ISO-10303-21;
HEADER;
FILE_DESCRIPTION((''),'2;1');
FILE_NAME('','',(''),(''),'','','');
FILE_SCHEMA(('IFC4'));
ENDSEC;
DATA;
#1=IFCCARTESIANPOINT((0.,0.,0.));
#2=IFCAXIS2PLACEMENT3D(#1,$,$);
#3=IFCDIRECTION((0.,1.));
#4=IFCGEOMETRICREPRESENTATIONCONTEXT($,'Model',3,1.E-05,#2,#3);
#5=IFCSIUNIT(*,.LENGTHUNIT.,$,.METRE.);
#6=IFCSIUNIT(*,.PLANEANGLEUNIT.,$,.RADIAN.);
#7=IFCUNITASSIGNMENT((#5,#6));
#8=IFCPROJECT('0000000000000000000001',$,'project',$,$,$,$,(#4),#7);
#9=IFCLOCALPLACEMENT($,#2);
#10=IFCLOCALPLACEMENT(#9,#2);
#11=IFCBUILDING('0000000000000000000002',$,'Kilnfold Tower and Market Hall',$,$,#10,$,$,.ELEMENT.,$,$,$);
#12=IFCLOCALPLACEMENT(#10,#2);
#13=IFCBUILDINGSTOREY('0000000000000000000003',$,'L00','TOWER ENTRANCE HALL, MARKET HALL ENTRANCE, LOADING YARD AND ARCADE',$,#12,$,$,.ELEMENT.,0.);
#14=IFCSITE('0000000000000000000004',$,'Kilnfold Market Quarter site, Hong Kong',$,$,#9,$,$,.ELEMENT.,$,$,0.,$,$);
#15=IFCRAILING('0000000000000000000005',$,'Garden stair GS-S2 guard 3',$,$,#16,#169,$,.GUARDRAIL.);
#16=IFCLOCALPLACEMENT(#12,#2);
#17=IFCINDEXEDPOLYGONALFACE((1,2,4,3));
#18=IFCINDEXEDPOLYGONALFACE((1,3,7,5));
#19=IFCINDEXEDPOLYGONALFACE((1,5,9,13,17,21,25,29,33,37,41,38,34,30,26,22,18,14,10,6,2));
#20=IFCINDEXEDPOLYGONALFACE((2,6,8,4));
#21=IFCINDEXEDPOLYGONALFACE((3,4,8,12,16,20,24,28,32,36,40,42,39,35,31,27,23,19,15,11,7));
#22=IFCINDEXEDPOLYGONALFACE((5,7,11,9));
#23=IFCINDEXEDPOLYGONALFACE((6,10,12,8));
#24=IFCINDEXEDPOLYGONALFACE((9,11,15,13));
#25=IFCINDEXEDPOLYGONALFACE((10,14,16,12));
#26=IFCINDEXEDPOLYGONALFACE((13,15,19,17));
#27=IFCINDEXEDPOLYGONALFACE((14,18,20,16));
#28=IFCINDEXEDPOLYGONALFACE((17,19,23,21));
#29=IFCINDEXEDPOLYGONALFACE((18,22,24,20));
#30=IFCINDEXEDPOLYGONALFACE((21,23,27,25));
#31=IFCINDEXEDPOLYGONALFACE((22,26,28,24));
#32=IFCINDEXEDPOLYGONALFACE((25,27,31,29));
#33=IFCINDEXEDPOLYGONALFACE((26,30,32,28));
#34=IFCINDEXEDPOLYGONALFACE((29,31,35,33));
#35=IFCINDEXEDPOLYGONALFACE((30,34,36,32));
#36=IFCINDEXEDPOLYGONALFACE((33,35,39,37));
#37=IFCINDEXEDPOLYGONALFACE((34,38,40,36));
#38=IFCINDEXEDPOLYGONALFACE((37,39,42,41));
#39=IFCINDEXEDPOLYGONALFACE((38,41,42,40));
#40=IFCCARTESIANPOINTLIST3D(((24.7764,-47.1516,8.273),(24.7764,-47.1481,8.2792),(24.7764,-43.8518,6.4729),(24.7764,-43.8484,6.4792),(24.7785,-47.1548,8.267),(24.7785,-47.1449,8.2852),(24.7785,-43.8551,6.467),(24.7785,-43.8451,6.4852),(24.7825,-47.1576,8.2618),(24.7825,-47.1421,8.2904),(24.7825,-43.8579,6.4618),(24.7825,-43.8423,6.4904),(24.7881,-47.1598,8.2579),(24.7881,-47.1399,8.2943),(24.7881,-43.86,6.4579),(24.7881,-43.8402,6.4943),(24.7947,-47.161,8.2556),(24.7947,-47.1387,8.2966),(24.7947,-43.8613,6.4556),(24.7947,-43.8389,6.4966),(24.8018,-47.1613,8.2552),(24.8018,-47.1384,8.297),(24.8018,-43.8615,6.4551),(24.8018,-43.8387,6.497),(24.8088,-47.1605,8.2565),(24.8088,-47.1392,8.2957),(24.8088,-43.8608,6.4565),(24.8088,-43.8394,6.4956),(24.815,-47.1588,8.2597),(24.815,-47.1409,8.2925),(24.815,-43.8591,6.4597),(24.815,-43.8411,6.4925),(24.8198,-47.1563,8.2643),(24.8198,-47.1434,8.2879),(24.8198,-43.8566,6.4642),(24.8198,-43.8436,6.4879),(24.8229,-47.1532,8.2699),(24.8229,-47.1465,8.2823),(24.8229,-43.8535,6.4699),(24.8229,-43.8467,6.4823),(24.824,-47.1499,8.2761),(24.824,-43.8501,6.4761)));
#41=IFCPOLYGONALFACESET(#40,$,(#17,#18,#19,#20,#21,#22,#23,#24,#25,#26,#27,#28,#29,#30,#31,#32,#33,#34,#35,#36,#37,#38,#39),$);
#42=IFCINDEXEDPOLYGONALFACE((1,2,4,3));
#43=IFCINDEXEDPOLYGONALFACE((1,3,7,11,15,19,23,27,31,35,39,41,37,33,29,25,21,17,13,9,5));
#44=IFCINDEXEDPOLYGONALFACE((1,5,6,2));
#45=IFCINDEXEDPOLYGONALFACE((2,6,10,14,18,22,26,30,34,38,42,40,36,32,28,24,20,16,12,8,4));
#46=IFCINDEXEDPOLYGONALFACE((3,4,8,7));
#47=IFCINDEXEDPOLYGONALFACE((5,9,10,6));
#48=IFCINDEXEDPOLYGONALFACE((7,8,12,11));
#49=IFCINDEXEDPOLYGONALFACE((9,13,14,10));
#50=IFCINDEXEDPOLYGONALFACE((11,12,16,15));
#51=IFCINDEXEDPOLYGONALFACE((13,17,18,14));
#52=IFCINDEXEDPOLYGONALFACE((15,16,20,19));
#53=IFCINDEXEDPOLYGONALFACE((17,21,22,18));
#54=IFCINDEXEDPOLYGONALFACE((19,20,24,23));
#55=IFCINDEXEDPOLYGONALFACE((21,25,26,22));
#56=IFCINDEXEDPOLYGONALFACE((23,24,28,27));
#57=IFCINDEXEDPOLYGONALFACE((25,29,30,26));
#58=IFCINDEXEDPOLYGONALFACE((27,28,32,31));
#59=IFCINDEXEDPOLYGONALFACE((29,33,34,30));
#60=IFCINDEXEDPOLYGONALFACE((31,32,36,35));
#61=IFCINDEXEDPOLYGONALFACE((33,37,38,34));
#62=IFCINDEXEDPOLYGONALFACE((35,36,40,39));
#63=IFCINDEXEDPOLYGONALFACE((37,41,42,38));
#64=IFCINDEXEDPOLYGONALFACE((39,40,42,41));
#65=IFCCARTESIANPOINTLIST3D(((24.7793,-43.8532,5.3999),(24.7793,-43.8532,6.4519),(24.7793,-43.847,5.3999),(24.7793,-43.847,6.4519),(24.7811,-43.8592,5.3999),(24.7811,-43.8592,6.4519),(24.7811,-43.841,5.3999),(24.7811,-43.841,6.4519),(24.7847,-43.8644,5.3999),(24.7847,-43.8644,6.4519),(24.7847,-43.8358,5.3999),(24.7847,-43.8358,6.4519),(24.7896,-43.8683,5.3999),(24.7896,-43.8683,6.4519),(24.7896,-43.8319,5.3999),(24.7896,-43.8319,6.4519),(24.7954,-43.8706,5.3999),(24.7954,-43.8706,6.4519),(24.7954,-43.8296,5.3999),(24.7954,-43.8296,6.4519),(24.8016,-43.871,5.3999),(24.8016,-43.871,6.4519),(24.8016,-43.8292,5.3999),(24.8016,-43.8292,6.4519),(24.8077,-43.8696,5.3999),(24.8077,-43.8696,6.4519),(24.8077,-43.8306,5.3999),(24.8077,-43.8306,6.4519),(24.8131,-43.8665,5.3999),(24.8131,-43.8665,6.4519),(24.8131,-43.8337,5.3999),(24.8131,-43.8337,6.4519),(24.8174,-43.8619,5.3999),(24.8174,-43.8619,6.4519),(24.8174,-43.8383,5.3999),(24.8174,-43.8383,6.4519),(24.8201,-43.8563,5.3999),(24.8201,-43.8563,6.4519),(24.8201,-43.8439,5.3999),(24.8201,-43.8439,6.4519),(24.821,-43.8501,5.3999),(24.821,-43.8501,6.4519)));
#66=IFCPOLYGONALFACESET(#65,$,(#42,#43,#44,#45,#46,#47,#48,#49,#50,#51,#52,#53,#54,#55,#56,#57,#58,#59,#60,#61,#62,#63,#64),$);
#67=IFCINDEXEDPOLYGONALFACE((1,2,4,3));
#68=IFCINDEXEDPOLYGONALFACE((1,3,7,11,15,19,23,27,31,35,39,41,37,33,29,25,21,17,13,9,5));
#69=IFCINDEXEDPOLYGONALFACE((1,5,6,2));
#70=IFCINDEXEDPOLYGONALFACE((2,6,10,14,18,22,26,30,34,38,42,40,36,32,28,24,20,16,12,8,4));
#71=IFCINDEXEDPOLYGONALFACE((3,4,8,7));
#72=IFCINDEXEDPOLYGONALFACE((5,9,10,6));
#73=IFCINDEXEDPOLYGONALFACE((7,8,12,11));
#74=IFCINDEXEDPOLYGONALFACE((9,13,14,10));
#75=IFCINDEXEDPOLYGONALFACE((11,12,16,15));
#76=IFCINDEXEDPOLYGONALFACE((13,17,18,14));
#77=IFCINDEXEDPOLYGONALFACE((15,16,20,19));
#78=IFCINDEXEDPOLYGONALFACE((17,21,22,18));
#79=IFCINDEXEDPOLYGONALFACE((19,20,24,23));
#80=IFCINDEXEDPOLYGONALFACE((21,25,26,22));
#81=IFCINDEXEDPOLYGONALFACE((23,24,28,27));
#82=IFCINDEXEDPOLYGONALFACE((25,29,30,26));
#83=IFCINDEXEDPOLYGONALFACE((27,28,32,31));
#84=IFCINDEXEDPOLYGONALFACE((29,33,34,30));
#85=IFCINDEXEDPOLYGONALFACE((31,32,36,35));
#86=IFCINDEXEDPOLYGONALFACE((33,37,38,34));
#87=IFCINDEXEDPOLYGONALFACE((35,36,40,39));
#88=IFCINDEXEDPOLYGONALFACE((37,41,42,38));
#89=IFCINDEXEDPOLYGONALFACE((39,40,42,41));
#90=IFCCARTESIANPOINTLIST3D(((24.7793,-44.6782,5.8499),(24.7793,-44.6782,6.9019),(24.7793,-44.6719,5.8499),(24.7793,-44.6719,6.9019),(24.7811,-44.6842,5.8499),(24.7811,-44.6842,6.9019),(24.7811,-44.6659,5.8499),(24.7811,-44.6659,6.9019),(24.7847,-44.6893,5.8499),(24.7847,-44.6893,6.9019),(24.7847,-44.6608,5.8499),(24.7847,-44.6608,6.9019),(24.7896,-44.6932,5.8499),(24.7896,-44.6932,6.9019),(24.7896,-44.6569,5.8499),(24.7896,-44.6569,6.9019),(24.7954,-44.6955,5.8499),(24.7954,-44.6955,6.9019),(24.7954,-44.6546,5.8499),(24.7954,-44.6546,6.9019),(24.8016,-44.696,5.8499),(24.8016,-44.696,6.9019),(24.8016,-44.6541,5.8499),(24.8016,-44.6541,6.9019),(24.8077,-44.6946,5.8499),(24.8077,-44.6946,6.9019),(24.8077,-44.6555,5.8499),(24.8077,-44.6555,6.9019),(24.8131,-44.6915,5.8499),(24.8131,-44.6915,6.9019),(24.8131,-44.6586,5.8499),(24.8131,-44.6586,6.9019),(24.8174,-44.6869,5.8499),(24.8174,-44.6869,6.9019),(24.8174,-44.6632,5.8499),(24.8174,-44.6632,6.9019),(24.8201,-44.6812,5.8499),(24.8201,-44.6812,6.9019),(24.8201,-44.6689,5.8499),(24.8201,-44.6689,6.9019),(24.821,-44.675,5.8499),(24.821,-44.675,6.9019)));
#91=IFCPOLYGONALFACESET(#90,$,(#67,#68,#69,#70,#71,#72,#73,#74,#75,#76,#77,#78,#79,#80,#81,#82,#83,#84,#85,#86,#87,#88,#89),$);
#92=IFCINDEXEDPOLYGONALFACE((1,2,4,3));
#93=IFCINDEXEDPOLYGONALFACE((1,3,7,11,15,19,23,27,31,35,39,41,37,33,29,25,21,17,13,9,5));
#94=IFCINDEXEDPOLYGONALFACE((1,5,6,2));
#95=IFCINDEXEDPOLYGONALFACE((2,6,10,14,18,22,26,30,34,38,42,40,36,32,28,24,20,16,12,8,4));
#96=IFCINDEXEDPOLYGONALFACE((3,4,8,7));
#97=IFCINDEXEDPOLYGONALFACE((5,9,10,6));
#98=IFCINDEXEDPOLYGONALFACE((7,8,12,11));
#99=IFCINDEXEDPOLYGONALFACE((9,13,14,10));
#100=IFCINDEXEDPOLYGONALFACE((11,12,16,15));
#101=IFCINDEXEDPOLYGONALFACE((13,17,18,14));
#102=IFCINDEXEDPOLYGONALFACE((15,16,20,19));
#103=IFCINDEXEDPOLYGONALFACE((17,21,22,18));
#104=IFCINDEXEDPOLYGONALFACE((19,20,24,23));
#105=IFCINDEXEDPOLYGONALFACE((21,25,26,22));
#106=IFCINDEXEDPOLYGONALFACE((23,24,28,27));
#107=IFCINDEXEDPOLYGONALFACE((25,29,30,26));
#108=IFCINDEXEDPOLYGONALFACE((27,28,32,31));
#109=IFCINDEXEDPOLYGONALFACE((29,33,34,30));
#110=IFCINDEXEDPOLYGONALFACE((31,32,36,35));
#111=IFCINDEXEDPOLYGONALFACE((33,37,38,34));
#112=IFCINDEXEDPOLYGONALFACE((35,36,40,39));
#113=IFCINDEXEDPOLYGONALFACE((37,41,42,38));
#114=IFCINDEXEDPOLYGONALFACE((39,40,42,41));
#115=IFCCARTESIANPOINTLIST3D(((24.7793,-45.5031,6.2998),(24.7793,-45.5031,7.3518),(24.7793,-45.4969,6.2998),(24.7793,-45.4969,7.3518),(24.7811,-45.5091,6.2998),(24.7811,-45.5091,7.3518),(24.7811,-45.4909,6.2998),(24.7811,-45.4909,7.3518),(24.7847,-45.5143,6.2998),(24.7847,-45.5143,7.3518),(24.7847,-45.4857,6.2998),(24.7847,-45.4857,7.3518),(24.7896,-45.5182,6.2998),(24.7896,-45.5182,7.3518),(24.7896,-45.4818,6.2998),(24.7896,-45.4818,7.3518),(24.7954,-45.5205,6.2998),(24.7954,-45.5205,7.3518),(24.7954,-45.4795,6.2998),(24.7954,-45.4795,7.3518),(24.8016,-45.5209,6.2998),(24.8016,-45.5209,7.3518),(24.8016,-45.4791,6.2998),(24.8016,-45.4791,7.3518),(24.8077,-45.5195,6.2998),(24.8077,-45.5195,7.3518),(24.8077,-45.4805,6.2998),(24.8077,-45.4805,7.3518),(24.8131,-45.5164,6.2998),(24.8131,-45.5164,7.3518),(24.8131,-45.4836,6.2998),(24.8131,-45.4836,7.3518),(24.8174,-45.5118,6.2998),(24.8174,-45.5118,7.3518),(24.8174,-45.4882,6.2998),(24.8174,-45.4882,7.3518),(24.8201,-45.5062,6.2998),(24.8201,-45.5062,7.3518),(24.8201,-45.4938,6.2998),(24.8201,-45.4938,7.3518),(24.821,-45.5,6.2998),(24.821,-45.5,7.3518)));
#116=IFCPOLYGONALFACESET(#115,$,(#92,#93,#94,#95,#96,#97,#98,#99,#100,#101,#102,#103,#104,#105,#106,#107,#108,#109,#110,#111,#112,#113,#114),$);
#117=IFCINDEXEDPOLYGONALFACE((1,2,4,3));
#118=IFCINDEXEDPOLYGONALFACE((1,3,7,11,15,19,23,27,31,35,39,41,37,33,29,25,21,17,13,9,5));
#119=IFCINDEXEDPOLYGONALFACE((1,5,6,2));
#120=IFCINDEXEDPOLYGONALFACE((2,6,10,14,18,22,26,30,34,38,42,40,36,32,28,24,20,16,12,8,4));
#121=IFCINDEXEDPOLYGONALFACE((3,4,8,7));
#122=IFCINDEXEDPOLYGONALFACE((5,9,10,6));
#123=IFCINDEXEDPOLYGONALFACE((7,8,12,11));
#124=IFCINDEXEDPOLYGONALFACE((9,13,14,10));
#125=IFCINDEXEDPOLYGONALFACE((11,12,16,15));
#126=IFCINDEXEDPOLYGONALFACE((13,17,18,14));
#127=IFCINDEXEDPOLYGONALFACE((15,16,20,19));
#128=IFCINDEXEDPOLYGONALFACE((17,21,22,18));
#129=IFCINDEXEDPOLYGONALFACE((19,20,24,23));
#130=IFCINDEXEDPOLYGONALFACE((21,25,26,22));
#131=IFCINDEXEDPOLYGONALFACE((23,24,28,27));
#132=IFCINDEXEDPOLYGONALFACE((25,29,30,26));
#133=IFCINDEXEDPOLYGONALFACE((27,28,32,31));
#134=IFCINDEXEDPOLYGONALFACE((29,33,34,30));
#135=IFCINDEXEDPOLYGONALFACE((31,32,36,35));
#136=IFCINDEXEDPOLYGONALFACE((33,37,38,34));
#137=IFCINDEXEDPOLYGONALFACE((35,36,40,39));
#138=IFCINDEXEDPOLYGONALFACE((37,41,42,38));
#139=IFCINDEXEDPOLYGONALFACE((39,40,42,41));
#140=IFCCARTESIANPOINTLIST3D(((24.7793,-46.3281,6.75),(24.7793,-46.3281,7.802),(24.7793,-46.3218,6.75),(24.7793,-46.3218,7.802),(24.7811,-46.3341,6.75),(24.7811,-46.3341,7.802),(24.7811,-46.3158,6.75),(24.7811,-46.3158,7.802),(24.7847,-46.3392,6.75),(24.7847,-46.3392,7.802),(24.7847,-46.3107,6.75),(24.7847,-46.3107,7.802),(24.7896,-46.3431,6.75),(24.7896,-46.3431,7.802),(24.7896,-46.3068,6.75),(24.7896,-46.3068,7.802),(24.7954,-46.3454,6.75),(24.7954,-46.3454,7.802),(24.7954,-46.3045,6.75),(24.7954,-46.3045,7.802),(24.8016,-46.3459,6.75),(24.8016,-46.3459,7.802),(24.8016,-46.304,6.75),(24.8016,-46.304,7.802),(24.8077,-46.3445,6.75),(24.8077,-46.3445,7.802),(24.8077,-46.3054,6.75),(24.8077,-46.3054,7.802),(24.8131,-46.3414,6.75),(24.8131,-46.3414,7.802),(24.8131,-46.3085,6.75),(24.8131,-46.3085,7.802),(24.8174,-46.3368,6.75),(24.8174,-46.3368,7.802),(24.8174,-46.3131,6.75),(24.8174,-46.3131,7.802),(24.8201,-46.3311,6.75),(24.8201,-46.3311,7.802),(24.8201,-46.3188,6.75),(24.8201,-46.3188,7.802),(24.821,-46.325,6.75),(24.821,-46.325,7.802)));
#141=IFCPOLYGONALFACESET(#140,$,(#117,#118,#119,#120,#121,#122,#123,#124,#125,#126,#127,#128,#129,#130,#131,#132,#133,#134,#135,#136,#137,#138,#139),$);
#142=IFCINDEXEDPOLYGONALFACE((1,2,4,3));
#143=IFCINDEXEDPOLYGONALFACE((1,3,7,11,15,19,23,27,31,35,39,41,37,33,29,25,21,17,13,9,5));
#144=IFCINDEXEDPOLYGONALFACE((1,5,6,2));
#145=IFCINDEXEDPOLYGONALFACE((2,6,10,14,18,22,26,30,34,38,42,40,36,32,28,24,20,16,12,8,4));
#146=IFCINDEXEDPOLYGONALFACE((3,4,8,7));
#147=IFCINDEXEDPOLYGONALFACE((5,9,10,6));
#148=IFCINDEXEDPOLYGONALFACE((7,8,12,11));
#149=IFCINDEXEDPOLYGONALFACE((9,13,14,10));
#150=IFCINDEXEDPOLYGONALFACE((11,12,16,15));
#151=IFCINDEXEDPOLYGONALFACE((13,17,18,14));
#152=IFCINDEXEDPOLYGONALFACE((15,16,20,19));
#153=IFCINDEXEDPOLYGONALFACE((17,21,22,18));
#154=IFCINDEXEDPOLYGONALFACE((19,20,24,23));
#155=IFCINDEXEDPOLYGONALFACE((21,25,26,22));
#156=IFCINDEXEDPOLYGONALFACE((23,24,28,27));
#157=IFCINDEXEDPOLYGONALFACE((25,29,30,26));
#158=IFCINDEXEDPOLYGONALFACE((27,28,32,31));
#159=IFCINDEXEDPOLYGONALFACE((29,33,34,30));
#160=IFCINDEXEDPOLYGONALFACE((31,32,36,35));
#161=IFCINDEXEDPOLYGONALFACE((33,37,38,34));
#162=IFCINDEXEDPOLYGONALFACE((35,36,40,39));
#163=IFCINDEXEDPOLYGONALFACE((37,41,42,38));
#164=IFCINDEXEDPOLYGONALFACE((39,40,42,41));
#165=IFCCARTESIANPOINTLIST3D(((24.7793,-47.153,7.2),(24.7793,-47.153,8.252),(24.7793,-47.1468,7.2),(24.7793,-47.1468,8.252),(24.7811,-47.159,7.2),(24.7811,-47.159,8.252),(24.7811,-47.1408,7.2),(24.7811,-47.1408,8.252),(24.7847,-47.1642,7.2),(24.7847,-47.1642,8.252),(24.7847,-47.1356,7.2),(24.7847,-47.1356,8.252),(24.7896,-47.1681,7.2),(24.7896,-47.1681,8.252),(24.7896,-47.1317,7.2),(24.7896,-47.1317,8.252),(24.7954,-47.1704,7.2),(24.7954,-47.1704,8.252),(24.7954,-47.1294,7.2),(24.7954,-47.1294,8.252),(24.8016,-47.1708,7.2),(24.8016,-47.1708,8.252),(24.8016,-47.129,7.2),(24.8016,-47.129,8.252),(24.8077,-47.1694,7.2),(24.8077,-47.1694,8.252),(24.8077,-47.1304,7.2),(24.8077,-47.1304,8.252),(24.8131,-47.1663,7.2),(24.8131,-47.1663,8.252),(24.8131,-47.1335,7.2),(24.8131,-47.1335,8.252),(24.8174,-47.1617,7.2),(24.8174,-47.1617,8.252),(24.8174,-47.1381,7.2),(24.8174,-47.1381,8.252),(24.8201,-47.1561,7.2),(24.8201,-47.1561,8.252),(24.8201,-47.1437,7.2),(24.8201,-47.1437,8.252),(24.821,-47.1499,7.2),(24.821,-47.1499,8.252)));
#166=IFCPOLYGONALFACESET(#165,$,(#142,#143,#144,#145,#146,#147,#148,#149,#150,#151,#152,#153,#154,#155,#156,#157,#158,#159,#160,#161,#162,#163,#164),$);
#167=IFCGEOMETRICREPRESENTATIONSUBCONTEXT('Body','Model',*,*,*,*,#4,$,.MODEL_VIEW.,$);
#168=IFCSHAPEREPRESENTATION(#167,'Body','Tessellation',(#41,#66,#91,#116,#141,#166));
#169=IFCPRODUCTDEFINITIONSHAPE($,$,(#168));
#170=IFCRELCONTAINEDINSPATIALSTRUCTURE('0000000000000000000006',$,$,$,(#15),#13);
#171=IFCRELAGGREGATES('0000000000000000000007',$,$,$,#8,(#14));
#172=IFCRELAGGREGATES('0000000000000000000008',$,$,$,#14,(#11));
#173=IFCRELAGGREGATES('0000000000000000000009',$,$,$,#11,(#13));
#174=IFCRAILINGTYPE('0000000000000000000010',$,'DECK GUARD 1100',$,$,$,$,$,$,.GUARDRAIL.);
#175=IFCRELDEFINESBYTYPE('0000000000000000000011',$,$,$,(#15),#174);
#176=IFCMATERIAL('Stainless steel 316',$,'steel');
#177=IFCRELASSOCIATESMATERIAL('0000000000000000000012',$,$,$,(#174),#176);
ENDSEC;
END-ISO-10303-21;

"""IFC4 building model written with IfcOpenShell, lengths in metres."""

from ifc_helpers import new_model, si_unit, direction, frame, origin, origin_2d, place, context, subcontext, project, spatial, circle, extrude, material, type_object, element, save


model = new_model("IFC4")

# Units and contexts
model_context = context("Model", 3, precision=1e-05, world=origin(), true_north=direction((0.0, 1.0)))
body_context = subcontext(model_context, "Body", "Model", "MODEL_VIEW")
ifc_project = project(units=[si_unit("LENGTHUNIT", "METRE"), si_unit("PLANEANGLEUNIT", "RADIAN")], contexts=[model_context])

# Site, building, storey
site_placement = place(None, origin())
site = spatial("IfcSite", under=ifc_project, at=site_placement, Name="Kilnfold Market Quarter site, Hong Kong", CompositionType="ELEMENT", RefElevation=0.0)
building_placement = place(site_placement, origin())
building = spatial("IfcBuilding", under=site, at=building_placement, Name="Kilnfold Tower and Market Hall", CompositionType="ELEMENT")
storey_placement = place(building_placement, origin())
storey = spatial("IfcBuildingStorey", under=building, at=storey_placement, Name="L00", Description="TOWER ENTRANCE HALL, MARKET HALL ENTRANCE, LOADING YARD AND ARCADE", CompositionType="ELEMENT", Elevation=0.0)

# Railing
ifc_material_1 = material(Name="Stainless steel 316", Category="steel")
railing_type_1 = type_object("IfcRailingType", Name="DECK GUARD 1100", PredefinedType="GUARDRAIL", material=ifc_material_1)
railing_1_placement = place(storey_placement, frame((24.8, -43.8501, 5.3999)))
element("IfcRailing", 1, at=railing_1_placement, inside=storey, type_object=railing_type_1, Name="Garden stair GS-S2 guard 3", PredefinedType="GUARDRAIL", context=body_context, shape_type="SweptSolid", body=[
    extrude(circle(Radius=0.0239, at=origin_2d()), frame((0.0, 0.0, 1.0762), z_axis=(0.0, -0.877878, 0.478884), x_axis=(1.0, 0.0, 0.0)), (0.0, 0.0, 1.0), 3.7588),
    extrude(circle(Radius=0.021, at=origin_2d()), origin(), (0.0, 0.0, 1.0), 1.052),
    extrude(circle(Radius=0.021, at=origin_2d()), frame((0.0, -0.825, 0.45)), (0.0, 0.0, 1.0), 1.052),
    extrude(circle(Radius=0.021, at=origin_2d()), frame((0.0, -1.6499, 0.8999)), (0.0, 0.0, 1.0), 1.052),
    extrude(circle(Radius=0.021, at=origin_2d()), frame((0.0, -2.4749, 1.3501)), (0.0, 0.0, 1.0), 1.052),
    extrude(circle(Radius=0.021, at=origin_2d()), frame((0.0, -3.2998, 1.8)), (0.0, 0.0, 1.0), 1.052),
])

save(model, "model.ifc")
